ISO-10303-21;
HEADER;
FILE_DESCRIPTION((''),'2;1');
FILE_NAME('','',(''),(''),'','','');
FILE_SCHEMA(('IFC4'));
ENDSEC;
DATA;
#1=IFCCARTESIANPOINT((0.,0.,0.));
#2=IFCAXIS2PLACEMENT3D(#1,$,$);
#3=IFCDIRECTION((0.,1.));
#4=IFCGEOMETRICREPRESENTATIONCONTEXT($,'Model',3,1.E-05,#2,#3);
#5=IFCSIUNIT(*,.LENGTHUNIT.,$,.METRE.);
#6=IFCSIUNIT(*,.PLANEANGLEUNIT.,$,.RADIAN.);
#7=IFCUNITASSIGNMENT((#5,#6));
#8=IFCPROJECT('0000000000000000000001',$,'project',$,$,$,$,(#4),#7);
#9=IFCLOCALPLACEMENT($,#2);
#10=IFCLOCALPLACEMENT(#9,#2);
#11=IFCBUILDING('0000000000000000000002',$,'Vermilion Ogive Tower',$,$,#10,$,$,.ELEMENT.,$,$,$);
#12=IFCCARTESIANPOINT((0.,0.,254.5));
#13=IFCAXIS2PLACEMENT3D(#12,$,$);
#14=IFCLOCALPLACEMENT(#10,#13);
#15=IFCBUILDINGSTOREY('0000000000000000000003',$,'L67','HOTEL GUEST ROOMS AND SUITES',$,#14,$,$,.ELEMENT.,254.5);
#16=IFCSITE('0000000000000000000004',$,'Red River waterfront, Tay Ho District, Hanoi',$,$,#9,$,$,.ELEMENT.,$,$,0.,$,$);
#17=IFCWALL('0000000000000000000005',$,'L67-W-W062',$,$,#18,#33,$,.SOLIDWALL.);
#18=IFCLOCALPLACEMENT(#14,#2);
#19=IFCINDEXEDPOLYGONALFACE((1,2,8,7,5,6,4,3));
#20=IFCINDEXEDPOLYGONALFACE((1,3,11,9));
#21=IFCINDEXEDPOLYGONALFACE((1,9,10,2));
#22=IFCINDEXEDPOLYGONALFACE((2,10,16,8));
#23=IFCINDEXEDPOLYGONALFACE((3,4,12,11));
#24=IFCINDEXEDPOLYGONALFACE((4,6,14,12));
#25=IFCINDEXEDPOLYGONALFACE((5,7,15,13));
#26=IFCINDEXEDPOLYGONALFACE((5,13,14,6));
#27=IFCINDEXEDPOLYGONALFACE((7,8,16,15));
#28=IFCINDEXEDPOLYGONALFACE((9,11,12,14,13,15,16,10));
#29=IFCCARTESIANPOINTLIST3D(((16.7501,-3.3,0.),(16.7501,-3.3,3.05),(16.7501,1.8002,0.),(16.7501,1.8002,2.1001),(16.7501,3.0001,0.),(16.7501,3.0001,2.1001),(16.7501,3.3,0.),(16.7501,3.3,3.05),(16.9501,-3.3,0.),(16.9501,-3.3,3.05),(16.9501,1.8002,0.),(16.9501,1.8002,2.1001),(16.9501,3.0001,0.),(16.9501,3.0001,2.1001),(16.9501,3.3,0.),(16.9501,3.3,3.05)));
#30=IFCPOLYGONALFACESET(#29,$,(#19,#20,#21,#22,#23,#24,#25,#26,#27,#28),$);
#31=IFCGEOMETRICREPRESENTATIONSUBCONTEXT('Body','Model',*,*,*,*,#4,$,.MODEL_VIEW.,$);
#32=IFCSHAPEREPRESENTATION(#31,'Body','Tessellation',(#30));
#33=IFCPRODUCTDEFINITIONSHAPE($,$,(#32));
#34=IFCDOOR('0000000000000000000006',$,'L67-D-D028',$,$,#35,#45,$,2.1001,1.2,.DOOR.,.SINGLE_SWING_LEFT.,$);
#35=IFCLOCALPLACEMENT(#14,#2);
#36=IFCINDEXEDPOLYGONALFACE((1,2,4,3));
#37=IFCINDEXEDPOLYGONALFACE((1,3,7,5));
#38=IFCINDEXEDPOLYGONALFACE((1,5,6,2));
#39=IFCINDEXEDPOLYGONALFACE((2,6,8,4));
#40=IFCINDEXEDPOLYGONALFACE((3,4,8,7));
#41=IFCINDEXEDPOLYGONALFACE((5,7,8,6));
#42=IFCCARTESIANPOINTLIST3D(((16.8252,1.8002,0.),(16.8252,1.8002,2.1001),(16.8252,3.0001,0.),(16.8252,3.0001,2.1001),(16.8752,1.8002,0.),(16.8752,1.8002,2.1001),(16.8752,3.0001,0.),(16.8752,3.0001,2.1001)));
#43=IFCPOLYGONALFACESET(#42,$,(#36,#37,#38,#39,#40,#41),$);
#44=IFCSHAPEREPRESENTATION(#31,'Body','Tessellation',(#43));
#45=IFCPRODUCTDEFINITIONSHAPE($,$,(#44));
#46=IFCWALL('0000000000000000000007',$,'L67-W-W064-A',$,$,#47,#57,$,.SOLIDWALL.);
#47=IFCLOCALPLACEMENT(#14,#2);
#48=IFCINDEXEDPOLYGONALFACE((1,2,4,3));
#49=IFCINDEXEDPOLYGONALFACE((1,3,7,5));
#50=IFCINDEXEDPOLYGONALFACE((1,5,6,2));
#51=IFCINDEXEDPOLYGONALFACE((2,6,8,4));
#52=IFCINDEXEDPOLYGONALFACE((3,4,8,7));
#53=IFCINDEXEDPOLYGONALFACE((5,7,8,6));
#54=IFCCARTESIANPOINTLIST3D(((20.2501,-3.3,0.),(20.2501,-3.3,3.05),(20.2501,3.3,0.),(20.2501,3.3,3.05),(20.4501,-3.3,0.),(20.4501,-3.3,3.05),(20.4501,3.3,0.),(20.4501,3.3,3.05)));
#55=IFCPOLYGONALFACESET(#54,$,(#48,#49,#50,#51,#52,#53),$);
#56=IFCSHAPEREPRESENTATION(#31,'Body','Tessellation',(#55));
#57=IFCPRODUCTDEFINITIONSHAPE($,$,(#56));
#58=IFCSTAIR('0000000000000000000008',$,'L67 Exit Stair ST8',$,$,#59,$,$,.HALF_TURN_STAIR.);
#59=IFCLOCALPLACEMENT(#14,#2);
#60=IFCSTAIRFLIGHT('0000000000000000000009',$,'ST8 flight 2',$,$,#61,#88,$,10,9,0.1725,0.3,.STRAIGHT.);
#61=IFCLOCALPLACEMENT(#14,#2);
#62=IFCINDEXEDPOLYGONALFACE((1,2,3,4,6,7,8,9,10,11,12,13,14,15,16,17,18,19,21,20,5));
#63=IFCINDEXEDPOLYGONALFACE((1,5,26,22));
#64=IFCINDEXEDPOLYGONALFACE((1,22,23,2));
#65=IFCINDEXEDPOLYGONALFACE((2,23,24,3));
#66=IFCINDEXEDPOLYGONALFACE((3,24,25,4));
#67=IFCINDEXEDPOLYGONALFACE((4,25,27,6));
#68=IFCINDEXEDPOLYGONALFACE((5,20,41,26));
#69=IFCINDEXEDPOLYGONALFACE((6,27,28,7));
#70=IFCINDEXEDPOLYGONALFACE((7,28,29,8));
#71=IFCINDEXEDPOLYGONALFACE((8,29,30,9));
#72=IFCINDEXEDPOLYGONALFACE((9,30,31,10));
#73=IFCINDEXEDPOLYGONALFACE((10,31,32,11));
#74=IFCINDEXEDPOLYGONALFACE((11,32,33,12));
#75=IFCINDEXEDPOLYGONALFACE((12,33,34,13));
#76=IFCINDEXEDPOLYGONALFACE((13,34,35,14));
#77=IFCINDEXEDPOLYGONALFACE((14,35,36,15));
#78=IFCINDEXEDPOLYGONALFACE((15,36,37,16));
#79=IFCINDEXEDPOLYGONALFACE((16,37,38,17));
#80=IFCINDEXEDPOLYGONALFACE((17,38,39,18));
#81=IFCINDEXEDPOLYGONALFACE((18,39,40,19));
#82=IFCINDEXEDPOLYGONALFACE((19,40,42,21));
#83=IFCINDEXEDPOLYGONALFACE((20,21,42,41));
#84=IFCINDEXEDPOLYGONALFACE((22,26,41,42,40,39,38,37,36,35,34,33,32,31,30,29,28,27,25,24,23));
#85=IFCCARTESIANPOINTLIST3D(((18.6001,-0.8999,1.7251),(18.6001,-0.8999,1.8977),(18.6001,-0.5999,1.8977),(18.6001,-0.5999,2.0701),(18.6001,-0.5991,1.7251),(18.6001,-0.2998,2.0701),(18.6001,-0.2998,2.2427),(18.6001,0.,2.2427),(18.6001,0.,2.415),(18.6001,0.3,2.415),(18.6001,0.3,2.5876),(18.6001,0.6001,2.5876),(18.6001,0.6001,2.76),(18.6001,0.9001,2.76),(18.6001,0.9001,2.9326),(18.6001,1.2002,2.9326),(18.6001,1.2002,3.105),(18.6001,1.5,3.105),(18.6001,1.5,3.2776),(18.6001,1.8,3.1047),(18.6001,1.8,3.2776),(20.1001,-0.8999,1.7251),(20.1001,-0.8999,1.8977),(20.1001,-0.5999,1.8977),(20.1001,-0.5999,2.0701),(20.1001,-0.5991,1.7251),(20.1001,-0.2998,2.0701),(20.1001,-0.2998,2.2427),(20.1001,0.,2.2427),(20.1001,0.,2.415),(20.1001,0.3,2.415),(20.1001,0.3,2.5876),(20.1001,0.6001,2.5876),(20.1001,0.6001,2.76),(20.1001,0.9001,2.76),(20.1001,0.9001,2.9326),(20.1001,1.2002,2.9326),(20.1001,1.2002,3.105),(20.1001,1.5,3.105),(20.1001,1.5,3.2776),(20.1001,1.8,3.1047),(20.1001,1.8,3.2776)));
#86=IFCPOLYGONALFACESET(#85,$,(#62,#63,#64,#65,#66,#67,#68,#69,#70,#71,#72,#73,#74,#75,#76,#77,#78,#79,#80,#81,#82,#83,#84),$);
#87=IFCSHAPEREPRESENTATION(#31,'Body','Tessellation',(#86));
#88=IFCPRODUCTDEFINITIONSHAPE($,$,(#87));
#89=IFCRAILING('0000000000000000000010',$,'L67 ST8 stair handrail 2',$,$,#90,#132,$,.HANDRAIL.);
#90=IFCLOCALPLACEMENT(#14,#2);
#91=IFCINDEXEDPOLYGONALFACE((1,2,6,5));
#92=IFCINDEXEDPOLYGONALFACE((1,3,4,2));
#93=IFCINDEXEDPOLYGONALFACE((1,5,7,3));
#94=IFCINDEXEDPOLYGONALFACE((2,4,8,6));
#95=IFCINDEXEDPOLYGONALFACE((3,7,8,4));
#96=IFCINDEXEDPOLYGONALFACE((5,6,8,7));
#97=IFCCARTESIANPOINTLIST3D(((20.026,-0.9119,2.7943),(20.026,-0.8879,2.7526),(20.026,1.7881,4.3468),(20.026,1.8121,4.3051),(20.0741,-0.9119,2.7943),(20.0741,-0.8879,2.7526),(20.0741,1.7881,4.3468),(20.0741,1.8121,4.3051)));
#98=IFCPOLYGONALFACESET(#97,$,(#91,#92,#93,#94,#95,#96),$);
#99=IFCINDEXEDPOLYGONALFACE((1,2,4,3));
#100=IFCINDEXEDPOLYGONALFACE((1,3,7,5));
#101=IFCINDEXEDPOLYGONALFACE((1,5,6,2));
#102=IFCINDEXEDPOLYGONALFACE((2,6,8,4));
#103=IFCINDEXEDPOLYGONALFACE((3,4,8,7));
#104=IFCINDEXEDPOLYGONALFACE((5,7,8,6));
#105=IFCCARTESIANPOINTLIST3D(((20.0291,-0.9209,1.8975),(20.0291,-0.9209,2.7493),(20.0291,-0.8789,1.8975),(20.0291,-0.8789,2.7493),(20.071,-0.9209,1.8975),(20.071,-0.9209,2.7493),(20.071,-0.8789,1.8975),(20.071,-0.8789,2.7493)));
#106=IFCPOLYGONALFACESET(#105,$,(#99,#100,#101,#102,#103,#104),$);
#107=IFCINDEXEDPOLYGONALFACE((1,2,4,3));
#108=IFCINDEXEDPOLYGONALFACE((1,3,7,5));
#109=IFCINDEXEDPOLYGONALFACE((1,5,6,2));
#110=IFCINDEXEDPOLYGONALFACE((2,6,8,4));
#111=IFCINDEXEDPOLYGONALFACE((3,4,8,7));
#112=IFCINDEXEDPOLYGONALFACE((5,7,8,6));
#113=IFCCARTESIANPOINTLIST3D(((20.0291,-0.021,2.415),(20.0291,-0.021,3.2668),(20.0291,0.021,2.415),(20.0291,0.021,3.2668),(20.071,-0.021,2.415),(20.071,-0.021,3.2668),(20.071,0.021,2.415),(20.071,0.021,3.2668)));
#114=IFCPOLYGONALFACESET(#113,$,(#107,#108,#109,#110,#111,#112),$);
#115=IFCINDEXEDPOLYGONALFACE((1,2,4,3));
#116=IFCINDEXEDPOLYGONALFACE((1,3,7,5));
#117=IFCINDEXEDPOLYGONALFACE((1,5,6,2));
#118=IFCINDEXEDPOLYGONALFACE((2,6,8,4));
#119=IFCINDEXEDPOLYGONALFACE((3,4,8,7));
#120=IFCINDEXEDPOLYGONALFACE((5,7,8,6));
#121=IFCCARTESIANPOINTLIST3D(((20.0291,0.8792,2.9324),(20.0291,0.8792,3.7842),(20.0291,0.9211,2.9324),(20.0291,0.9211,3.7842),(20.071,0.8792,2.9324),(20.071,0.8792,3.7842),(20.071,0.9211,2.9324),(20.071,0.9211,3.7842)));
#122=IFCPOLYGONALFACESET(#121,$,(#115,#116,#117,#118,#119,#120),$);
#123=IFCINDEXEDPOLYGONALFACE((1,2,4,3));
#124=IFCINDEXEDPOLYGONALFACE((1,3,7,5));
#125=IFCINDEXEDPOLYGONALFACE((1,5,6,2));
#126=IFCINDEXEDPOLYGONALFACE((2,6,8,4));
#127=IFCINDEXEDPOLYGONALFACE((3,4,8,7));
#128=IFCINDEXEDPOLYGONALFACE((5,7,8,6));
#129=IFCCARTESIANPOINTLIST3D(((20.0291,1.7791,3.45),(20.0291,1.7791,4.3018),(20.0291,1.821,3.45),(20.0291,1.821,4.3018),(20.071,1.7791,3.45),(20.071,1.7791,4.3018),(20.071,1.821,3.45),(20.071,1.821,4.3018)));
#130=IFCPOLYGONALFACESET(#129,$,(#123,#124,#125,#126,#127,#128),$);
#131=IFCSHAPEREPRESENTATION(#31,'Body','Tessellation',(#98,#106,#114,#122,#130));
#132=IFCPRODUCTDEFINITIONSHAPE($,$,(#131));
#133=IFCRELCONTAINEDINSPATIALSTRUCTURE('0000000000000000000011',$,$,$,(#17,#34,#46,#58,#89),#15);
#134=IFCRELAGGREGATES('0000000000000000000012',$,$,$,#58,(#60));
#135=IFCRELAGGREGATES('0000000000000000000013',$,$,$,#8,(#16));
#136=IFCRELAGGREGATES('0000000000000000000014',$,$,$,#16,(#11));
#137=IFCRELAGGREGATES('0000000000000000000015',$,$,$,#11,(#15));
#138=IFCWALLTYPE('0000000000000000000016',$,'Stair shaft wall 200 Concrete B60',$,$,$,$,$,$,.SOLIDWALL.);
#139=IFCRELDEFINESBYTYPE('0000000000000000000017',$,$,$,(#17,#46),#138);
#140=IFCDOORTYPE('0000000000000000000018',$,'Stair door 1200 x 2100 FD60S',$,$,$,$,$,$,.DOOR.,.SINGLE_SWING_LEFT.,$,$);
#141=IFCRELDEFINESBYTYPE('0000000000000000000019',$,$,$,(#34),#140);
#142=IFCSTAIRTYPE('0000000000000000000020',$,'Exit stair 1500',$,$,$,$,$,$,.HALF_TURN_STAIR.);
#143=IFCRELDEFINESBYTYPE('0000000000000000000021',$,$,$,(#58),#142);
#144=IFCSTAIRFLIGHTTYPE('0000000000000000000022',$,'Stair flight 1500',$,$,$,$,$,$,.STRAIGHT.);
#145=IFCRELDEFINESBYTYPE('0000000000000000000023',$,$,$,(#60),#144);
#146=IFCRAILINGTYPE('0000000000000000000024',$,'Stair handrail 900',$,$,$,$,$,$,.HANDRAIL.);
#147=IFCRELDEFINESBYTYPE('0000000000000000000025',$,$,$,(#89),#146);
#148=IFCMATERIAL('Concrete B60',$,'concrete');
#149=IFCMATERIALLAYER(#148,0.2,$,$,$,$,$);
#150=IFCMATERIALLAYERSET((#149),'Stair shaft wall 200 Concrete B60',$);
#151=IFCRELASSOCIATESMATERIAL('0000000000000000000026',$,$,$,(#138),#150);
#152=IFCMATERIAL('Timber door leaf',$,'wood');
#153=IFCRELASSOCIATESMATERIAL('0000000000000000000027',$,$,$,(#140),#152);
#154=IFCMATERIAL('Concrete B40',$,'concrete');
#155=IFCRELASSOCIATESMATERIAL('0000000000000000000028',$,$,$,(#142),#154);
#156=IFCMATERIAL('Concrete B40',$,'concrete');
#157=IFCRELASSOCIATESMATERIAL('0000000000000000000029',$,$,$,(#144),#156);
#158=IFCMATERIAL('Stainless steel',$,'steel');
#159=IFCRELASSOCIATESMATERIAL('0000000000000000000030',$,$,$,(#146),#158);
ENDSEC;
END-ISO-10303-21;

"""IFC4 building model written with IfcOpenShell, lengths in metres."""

from ifc_helpers import new_model, si_unit, direction, frame, frame_2d, origin, origin_2d, place, context, subcontext, project, spatial, polyline, rectangle, outline, extrude, material, layer, layer_set, type_object, element, fill, aggregate, save


model = new_model("IFC4")

# Units and contexts
model_context = context("Model", 3, precision=1e-05, world=origin(), true_north=direction((0.0, 1.0)))
body_context = subcontext(model_context, "Body", "Model", "MODEL_VIEW")
ifc_project = project(units=[si_unit("LENGTHUNIT", "METRE"), si_unit("PLANEANGLEUNIT", "RADIAN")], contexts=[model_context])

# Site, building, storey
site_placement = place(None, origin())
site = spatial("IfcSite", under=ifc_project, at=site_placement, Name="Red River waterfront, Tay Ho District, Hanoi", CompositionType="ELEMENT", RefElevation=0.0)
building_placement = place(site_placement, origin())
building = spatial("IfcBuilding", under=site, at=building_placement, Name="Vermilion Ogive Tower", CompositionType="ELEMENT")
storey_placement = place(building_placement, frame((0.0, 0.0, 254.5)))
storey = spatial("IfcBuildingStorey", under=building, at=storey_placement, Name="L67", Description="HOTEL GUEST ROOMS AND SUITES", CompositionType="ELEMENT", Elevation=254.5)

# Shared definitions
ifc_material_1 = material(Name="Concrete B60", Category="concrete")
ifc_layer_1 = layer(ifc_material_1, 0.2)
ifc_layer_set_1 = layer_set([ifc_layer_1], Name="Stair shaft wall 200 Concrete B60")
wall_type_1 = type_object("IfcWallType", Name="Stair shaft wall 200 Concrete B60", PredefinedType="SOLIDWALL", material=ifc_layer_set_1)

# Wall, opening, door
wall_1_placement = place(storey_placement, frame((16.8501, -3.3, 0.0), z_axis=(0.0, 0.0, 1.0), x_axis=(0.0, 1.0, 0.0)))
wall_1 = element("IfcWall", 1, at=wall_1_placement, inside=storey, type_object=wall_type_1, Name="L67-W-W062", PredefinedType="SOLIDWALL", context=body_context, shape_type="SweptSolid", body=[
    extrude(rectangle(XDim=6.6001, YDim=0.2, at=frame_2d((3.3, 0.0))), origin(), (0.0, 0.0, 1.0), 3.05),
])
opening_1_placement = place(wall_1_placement, frame((5.1001, 0.0, 0.0)))
opening_1 = element("IfcOpeningElement", 2, at=opening_1_placement, cuts=wall_1, PredefinedType="OPENING", context=body_context, shape_type="SweptSolid", body=[
    extrude(rectangle(XDim=1.2, YDim=2.1001, at=frame_2d((0.6001, 1.05))), frame((0.0, 0.1099, 0.0), z_axis=(0.0, -1.0, 0.0), x_axis=(1.0, 0.0, 0.0)), (0.0, 0.0, 1.0), 0.22),
])
ifc_material_2 = material(Name="Timber door leaf", Category="wood")
door_type_1 = type_object("IfcDoorType", Name="Stair door 1200 x 2100 FD60S", OperationType="SINGLE_SWING_LEFT", PredefinedType="DOOR", material=ifc_material_2)
door_1_placement = place(opening_1_placement, origin())
door_1 = element("IfcDoor", 3, at=door_1_placement, inside=storey, type_object=door_type_1, Name="L67-D-D028", OperationType="SINGLE_SWING_LEFT", OverallHeight=2.1001, OverallWidth=1.2, PredefinedType="DOOR", context=body_context, shape_type="SweptSolid", body=[
    extrude(rectangle(XDim=1.2, YDim=2.1001, at=frame_2d((0.6001, 1.05))), frame((0.0, 0.0249, 0.0), z_axis=(0.0, -1.0, 0.0), x_axis=(1.0, 0.0, 0.0)), (0.0, 0.0, 1.0), 0.05),
])
fill(opening_1, door_1)

# Wall
wall_2_placement = place(storey_placement, frame((20.3501, -3.3, 0.0), z_axis=(0.0, 0.0, 1.0), x_axis=(0.0, 1.0, 0.0)))
element("IfcWall", 4, at=wall_2_placement, inside=storey, type_object=wall_type_1, Name="L67-W-W064-A", PredefinedType="SOLIDWALL", context=body_context, shape_type="SweptSolid", body=[
    extrude(rectangle(XDim=6.6001, YDim=0.2, at=frame_2d((3.3, 0.0))), origin(), (0.0, 0.0, 1.0), 3.05),
])

# Stair, stair flight
ifc_material_3 = material(Name="Concrete B40", Category="concrete")
stair_type = type_object("IfcStairType", Name="Exit stair 1500", PredefinedType="HALF_TURN_STAIR", material=ifc_material_3)
stair_placement = place(storey_placement, origin())
stair = element("IfcStair", 5, at=stair_placement, inside=storey, type_object=stair_type, Name="L67 Exit Stair ST8", PredefinedType="HALF_TURN_STAIR")
ifc_material_4 = material(Name="Concrete B40", Category="concrete")
stair_flight_type = type_object("IfcStairFlightType", Name="Stair flight 1500", PredefinedType="STRAIGHT", material=ifc_material_4)
stair_flight_placement = place(storey_placement, frame((19.3501, -0.8999, 1.7251), z_axis=(0.0, 0.0, 1.0), x_axis=(0.0, 1.0, 0.0)))
stair_flight = element("IfcStairFlight", 6, at=stair_flight_placement, type_object=stair_flight_type, Name="ST8 flight 2", NumberOfRisers=10, NumberOfTreads=9, PredefinedType="STRAIGHT", RiserHeight=0.1725, TreadLength=0.3, context=body_context, shape_type="SweptSolid", body=[
    extrude(outline(polyline([(0.0, 0.0), (0.0, 0.1726), (0.3, 0.1726), (0.3, 0.345), (0.6001, 0.345), (0.6001, 0.5176), (0.8999, 0.5176), (0.8999, 0.6899), (1.2, 0.6899), (1.2, 0.8625), (1.5, 0.8625), (1.5, 1.0349), (1.8, 1.0349), (1.8, 1.2075), (2.1001, 1.2075), (2.1001, 1.3799), (2.3999, 1.3799), (2.3999, 1.5525), (2.7, 1.5525), (2.7, 1.7251), (2.7, 1.3796), (0.3008, 0.0), (0.0, 0.0)])), frame((0.0, 0.75, 0.0), z_axis=(0.0, -1.0, 0.0), x_axis=(1.0, 0.0, 0.0)), (0.0, 0.0, 1.0), 1.5),
])
aggregate(stair, [stair_flight])

# Railing
ifc_material_5 = material(Name="Stainless steel", Category="steel")
railing_type = type_object("IfcRailingType", Name="Stair handrail 900", PredefinedType="HANDRAIL", material=ifc_material_5)
railing_placement = place(storey_placement, frame((20.05, -0.8999, 1.8975)))
element("IfcRailing", 7, at=railing_placement, inside=storey, type_object=railing_type, Name="L67 ST8 stair handrail 2", PredefinedType="HANDRAIL", context=body_context, shape_type="SweptSolid", body=[
    extrude(rectangle(XDim=0.0481, YDim=0.0481, at=origin_2d()), frame((0.0, 0.0, 0.876), z_axis=(0.0, 0.866904, 0.498476), x_axis=(-1.0, 0.0, 0.0)), (0.0, 0.0, 1.0), 3.1145),
    extrude(rectangle(XDim=0.042, YDim=0.042, at=origin_2d()), origin(), (0.0, 0.0, 1.0), 0.8518),
    extrude(rectangle(XDim=0.042, YDim=0.042, at=origin_2d()), frame((0.0, 0.8999, 0.5176)), (0.0, 0.0, 1.0), 0.8518),
    extrude(rectangle(XDim=0.042, YDim=0.042, at=origin_2d()), frame((0.0, 1.8, 1.0349)), (0.0, 0.0, 1.0), 0.8518),
    extrude(rectangle(XDim=0.042, YDim=0.042, at=origin_2d()), frame((0.0, 2.7, 1.5525)), (0.0, 0.0, 1.0), 0.8518),
])

save(model, "model.ifc")
